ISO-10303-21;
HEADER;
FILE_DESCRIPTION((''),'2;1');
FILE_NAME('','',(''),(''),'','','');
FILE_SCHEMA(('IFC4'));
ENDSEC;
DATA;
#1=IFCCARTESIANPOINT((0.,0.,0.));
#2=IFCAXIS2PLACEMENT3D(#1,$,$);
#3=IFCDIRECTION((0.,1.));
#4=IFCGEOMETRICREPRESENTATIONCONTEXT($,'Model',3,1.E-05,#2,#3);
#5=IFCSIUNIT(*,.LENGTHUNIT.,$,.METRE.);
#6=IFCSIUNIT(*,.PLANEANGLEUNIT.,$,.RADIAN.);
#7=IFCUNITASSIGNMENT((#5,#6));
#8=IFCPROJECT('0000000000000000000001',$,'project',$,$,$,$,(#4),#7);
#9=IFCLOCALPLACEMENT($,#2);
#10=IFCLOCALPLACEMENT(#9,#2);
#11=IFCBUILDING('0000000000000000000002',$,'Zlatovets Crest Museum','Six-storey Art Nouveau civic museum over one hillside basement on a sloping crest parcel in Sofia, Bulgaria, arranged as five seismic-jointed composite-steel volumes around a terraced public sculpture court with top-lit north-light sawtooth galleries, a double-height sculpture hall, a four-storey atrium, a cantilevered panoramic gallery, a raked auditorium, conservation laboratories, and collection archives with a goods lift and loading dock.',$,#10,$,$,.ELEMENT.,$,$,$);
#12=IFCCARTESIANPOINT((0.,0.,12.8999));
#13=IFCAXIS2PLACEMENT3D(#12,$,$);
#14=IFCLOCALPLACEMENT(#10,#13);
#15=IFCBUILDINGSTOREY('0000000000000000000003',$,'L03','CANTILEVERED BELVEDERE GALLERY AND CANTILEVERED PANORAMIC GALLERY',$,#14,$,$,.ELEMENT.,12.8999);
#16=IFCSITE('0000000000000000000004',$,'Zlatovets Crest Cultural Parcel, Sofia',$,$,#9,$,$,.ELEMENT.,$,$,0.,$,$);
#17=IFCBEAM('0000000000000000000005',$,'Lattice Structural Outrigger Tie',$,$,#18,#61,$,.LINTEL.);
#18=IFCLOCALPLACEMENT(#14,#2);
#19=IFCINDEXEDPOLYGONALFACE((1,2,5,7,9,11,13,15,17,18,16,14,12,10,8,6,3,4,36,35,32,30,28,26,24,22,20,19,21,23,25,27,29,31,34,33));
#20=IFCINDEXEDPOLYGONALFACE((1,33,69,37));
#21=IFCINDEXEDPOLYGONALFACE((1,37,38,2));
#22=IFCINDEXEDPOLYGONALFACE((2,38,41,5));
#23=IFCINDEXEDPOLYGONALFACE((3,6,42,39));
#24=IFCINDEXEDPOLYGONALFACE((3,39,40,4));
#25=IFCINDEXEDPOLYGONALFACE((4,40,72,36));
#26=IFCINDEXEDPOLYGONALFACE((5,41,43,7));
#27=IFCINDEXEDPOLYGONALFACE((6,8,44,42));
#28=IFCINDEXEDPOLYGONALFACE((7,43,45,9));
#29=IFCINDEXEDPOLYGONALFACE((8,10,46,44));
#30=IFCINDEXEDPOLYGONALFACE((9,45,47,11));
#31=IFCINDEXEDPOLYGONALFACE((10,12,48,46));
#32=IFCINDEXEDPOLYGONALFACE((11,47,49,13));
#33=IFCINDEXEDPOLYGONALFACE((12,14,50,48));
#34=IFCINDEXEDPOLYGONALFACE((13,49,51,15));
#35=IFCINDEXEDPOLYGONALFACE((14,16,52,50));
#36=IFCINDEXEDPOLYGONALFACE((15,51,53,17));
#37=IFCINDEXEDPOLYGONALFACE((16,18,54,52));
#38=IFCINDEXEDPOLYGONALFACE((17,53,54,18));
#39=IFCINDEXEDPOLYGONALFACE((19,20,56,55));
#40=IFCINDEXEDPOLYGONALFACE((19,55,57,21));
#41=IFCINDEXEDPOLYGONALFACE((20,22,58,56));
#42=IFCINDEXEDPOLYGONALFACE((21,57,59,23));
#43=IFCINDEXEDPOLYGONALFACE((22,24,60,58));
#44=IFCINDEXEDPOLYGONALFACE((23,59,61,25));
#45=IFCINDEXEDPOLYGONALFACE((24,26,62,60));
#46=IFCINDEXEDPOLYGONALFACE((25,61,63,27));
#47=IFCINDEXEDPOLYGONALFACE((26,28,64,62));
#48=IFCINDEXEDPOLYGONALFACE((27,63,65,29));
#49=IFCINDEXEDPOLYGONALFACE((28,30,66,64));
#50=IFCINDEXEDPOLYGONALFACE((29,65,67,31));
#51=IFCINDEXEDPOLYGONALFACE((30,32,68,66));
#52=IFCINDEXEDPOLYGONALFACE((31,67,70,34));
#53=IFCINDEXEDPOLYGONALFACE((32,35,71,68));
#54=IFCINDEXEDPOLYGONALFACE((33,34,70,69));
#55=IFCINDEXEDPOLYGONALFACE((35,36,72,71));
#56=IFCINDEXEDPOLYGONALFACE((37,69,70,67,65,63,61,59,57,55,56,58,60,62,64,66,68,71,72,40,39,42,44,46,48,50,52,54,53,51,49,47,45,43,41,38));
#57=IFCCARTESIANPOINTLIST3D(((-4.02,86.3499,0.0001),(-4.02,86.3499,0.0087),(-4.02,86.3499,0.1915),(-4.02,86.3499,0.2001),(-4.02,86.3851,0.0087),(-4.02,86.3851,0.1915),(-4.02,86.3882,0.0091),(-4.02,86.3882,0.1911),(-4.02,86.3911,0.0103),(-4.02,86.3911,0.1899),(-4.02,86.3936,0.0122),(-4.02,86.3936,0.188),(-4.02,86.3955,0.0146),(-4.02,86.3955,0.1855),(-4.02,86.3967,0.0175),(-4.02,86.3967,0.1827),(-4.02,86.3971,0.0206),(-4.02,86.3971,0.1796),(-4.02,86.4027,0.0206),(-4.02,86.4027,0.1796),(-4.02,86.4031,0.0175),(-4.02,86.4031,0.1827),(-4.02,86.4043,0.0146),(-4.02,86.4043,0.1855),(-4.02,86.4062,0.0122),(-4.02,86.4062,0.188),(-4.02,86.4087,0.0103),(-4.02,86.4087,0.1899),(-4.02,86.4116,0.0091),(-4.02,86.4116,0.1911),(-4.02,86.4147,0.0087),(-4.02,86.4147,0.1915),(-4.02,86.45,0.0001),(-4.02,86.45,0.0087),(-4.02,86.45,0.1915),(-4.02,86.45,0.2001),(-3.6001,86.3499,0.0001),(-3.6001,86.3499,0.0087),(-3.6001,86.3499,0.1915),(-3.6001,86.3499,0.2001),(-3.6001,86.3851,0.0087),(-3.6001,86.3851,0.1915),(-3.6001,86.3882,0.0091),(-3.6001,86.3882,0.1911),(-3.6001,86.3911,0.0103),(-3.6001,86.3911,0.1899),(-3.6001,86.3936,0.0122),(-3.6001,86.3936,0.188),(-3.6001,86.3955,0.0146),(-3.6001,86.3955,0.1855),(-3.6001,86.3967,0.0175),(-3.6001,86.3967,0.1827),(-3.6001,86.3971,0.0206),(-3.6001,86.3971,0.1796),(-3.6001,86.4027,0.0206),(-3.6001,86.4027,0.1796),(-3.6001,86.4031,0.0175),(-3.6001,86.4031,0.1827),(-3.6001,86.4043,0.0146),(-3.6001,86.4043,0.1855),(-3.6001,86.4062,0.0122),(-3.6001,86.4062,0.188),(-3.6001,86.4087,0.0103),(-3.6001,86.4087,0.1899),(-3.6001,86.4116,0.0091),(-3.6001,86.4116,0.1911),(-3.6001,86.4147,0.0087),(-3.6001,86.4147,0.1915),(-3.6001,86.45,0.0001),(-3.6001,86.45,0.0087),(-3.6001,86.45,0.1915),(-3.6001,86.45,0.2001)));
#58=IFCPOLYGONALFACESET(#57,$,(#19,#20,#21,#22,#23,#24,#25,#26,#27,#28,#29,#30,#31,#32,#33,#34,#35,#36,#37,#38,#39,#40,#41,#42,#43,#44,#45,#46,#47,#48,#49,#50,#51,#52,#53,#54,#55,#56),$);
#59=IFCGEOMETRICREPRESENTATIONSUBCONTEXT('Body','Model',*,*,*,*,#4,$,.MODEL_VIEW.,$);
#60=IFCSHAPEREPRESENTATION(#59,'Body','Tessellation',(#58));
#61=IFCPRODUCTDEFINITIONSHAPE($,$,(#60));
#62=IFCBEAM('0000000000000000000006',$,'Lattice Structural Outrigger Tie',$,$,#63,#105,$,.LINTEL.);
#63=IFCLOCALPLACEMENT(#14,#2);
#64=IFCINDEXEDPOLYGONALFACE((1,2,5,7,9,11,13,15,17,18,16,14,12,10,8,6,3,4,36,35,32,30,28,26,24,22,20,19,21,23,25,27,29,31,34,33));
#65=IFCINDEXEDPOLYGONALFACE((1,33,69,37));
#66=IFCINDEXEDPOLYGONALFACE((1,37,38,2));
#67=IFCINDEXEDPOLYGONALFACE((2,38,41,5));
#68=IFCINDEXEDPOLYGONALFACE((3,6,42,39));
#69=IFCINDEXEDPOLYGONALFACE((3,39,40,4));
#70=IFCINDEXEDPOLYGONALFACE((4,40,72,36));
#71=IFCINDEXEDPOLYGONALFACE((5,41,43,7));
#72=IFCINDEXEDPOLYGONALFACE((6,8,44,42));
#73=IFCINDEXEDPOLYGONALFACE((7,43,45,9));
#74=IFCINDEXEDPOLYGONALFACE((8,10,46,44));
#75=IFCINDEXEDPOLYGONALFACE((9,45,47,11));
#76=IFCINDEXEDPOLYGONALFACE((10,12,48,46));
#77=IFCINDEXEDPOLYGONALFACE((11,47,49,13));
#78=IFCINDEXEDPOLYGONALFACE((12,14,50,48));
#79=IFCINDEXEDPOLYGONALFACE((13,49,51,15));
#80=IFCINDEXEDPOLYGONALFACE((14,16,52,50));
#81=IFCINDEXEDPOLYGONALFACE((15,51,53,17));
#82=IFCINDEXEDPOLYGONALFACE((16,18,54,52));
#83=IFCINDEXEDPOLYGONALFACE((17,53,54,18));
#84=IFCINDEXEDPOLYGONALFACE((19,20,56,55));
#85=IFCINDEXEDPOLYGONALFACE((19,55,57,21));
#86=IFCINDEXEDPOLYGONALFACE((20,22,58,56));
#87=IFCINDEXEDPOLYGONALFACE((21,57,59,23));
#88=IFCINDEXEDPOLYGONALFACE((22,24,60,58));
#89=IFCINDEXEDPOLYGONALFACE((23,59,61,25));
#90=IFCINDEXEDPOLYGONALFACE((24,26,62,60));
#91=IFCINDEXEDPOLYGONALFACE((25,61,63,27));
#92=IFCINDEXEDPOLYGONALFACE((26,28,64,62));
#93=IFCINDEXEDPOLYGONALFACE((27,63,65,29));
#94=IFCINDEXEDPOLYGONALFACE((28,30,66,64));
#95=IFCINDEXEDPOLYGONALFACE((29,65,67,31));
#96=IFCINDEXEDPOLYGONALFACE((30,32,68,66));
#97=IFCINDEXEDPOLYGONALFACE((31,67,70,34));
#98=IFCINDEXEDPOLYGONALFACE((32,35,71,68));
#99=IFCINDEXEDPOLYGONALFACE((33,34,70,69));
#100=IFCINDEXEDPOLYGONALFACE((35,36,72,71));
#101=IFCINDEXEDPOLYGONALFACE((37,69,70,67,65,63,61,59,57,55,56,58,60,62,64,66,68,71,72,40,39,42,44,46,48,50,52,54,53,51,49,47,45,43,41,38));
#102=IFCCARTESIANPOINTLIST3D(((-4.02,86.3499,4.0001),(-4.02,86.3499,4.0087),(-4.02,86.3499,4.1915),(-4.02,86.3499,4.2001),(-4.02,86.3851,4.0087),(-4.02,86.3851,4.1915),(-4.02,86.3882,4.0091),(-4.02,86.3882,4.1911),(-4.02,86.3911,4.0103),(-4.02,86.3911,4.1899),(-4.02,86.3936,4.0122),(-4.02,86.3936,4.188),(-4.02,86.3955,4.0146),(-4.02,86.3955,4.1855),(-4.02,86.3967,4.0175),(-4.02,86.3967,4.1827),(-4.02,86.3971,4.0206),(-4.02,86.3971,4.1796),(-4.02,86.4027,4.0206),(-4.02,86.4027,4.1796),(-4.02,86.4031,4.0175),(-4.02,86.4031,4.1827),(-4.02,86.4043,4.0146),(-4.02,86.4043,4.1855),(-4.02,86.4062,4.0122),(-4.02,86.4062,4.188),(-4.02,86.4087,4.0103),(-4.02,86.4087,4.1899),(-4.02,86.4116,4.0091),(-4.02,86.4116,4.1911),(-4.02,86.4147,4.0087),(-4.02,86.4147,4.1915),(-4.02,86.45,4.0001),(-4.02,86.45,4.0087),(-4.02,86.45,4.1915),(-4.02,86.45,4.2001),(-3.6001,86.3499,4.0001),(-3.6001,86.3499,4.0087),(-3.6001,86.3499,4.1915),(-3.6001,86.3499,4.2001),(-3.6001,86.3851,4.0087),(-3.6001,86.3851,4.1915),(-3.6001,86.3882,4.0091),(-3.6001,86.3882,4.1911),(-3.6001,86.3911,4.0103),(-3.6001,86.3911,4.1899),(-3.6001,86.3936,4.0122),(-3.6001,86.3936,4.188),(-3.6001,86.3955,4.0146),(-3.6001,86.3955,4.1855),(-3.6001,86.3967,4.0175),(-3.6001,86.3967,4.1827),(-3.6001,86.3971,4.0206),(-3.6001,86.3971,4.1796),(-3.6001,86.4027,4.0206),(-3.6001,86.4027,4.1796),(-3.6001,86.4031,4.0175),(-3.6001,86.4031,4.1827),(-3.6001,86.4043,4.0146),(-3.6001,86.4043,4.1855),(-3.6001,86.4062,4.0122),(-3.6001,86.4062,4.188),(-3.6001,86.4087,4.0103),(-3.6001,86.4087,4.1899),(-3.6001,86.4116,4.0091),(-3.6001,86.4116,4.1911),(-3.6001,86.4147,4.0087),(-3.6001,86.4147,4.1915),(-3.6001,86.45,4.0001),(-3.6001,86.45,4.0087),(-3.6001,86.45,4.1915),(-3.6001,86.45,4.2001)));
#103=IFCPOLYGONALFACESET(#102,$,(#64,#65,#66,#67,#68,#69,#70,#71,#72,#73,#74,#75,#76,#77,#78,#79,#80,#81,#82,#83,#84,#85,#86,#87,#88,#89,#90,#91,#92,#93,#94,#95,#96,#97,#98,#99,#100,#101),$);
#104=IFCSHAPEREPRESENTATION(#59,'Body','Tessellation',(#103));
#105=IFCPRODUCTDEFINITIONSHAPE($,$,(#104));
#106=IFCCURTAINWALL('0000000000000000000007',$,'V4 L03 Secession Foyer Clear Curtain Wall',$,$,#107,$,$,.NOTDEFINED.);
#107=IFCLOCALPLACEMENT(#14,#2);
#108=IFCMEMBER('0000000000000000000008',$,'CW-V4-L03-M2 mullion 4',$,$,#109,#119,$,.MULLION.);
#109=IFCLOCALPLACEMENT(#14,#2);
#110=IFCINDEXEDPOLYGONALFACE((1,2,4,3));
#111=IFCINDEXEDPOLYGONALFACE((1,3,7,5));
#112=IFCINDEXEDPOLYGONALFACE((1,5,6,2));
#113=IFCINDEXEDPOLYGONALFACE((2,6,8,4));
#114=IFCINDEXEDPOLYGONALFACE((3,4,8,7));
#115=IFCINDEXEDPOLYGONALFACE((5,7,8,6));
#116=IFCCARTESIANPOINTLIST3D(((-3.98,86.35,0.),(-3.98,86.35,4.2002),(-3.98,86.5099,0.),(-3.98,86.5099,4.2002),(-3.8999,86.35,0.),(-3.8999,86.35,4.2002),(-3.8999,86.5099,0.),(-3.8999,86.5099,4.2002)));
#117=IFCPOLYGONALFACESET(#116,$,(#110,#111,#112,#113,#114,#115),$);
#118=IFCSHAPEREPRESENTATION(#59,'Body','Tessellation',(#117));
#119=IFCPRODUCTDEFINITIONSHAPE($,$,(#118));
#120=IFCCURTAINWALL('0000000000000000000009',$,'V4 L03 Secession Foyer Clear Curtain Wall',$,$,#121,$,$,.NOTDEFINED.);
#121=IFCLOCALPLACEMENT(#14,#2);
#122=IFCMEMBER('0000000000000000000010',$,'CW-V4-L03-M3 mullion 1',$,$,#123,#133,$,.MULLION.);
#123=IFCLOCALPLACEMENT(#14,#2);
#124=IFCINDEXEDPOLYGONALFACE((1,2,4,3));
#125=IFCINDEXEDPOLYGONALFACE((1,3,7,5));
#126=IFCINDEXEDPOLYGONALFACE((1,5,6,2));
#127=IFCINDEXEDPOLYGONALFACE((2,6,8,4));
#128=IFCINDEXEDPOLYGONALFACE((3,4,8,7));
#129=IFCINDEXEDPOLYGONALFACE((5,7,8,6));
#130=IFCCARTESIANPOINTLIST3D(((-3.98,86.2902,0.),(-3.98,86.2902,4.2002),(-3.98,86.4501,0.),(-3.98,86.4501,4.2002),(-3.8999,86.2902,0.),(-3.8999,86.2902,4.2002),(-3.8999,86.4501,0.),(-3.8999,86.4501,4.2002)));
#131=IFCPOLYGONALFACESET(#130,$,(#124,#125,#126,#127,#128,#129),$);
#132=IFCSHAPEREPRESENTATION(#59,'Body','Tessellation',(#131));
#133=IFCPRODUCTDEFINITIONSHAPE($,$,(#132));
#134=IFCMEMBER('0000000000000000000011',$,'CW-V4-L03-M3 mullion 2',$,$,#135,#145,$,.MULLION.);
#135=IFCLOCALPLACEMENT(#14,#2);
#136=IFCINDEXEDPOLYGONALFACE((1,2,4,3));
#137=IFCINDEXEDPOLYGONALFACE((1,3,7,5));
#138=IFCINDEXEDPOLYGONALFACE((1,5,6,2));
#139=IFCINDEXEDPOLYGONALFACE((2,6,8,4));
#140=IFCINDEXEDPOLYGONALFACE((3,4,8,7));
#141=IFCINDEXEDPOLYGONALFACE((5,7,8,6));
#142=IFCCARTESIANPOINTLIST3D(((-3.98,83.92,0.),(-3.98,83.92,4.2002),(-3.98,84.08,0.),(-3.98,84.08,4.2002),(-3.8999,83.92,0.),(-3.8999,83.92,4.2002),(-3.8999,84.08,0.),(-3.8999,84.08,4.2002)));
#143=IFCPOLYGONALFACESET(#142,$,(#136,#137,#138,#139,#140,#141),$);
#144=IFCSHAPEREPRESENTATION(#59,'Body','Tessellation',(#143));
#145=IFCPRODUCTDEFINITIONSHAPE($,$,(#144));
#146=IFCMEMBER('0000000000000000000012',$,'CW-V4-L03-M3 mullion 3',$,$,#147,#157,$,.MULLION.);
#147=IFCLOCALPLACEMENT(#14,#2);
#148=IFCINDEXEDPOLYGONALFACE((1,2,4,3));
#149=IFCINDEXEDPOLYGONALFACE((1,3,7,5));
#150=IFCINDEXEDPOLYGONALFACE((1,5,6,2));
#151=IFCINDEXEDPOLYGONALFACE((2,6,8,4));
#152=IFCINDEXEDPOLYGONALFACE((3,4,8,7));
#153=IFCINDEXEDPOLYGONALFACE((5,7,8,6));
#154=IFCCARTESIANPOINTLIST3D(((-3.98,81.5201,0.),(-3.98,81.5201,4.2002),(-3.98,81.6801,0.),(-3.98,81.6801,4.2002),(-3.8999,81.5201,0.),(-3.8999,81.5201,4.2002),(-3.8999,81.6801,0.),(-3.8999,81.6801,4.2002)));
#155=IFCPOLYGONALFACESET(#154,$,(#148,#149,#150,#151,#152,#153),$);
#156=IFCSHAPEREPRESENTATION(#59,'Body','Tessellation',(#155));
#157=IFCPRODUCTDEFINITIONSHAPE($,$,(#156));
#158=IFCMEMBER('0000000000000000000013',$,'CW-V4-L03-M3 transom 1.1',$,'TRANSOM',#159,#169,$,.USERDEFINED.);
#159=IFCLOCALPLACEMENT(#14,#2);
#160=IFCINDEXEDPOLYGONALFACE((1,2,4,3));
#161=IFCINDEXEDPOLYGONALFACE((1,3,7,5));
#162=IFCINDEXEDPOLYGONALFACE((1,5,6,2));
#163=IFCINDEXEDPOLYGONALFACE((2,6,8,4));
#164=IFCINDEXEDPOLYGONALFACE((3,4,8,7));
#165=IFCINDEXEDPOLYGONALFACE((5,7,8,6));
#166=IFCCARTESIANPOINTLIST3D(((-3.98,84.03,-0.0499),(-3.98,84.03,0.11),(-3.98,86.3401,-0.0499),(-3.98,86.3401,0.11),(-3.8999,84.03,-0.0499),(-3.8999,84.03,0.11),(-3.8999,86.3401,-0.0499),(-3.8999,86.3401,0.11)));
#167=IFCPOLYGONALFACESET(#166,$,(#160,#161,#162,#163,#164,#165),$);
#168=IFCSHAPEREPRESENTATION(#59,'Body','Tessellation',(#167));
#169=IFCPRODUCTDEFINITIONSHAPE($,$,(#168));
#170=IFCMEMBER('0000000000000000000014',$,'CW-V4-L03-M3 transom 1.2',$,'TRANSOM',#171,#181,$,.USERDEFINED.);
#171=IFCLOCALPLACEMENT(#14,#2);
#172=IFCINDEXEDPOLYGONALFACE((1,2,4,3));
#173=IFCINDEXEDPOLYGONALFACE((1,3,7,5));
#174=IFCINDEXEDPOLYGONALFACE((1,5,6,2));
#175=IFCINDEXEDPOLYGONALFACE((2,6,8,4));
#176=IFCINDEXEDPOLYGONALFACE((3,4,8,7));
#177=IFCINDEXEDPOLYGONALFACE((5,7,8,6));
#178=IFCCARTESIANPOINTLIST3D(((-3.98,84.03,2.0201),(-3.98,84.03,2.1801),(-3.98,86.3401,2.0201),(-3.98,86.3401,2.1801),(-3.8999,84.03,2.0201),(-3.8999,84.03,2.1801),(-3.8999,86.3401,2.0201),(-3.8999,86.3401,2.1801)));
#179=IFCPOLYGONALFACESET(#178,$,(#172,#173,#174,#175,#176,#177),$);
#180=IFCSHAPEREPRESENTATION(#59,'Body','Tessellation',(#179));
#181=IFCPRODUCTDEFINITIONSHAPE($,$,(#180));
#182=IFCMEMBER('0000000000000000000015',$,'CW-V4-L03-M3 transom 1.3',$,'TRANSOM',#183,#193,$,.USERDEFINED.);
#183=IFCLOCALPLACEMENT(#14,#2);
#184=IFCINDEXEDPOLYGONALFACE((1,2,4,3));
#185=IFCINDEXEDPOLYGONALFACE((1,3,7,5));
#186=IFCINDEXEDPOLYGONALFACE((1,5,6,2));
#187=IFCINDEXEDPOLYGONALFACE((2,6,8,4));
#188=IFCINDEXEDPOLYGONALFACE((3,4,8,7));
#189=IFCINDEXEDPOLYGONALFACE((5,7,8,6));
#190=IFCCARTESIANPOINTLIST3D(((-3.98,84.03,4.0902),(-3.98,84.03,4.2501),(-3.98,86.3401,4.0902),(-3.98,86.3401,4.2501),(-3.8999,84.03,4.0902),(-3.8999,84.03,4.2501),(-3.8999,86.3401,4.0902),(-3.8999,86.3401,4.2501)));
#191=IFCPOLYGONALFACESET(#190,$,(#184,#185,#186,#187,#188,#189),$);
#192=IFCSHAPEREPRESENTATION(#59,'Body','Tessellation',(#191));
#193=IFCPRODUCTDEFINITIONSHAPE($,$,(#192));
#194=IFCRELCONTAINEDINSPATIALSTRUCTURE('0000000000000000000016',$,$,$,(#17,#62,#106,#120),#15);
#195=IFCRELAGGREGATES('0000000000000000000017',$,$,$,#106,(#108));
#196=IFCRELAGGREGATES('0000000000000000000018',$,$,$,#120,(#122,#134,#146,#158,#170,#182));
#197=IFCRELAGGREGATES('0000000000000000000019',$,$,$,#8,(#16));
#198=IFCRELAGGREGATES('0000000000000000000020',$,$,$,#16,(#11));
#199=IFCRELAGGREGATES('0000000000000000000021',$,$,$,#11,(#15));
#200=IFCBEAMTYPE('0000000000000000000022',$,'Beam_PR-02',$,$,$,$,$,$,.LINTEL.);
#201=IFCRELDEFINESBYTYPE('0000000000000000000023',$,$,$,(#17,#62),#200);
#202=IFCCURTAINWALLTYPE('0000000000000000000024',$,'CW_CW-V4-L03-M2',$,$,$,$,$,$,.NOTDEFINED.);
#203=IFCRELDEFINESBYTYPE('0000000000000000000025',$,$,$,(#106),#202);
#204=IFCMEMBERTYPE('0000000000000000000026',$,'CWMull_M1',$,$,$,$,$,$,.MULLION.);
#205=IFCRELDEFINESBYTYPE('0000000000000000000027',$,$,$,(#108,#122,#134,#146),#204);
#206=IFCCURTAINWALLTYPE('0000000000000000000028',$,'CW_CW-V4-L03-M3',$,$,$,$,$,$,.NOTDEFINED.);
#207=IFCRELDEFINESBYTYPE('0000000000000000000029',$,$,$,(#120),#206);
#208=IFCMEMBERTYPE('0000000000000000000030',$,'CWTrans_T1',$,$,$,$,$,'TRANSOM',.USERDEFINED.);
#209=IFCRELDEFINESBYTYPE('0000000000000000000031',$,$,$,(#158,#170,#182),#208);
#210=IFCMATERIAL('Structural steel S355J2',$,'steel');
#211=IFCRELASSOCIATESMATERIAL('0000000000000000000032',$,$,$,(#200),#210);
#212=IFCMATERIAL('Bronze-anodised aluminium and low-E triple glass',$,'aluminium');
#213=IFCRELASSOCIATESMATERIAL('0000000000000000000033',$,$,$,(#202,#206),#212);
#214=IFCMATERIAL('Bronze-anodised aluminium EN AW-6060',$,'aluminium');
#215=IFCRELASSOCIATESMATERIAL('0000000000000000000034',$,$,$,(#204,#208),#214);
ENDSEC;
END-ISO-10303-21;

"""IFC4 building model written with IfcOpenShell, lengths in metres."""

from ifc_helpers import new_model, si_unit, direction, frame, origin, origin_2d, place, context, subcontext, project, spatial, rectangle, i_section, extrude, material, material_profile, profile_set, type_object, element, aggregate, save


model = new_model("IFC4")

# Units and contexts
model_context = context("Model", 3, precision=1e-05, world=origin(), true_north=direction((0.0, 1.0)))
body_context = subcontext(model_context, "Body", "Model", "MODEL_VIEW")
ifc_project = project(units=[si_unit("LENGTHUNIT", "METRE"), si_unit("PLANEANGLEUNIT", "RADIAN")], contexts=[model_context])

# Site, building, storey
site_placement = place(None, origin())
site = spatial("IfcSite", under=ifc_project, at=site_placement, Name="Zlatovets Crest Cultural Parcel, Sofia", CompositionType="ELEMENT", RefElevation=0.0)
building_placement = place(site_placement, origin())
building = spatial("IfcBuilding", under=site, at=building_placement, Name="Zlatovets Crest Museum", Description="Six-storey Art Nouveau civic museum over one hillside basement on a sloping crest parcel in Sofia, Bulgaria, arranged as five seismic-jointed composite-steel volumes around a terraced public sculpture court with top-lit north-light sawtooth galleries, a double-height sculpture hall, a four-storey atrium, a cantilevered panoramic gallery, a raked auditorium, conservation laboratories, and collection archives with a goods lift and loading dock.", CompositionType="ELEMENT")
storey_placement = place(building_placement, frame((0.0, 0.0, 12.8999)))
storey = spatial("IfcBuildingStorey", under=building, at=storey_placement, Name="L03", Description="CANTILEVERED BELVEDERE GALLERY AND CANTILEVERED PANORAMIC GALLERY", CompositionType="ELEMENT", Elevation=12.8999)

# Beams
ifc_material_1 = material(Name="Structural steel S355J2", Category="steel")
ifc_material_profile_1 = material_profile(ifc_material_1, i_section(OverallWidth=0.1001, OverallDepth=0.2, WebThickness=0.0056, FlangeThickness=0.0085, FilletRadius=0.012, at=origin_2d()), Name="IPE 200")
ifc_profile_set_1 = profile_set([ifc_material_profile_1], Name="Structural steel S355J2")
beam_type = type_object("IfcBeamType", Name="Beam_PR-02", PredefinedType="LINTEL", material=ifc_profile_set_1)
for number, where, z_axis, x_axis, name in (
    (1, (-3.6001, 86.3999, 0.1001), (-1.0, 0.0, 0.0), (0.0, -1.0, 0.0), "Lattice Structural Outrigger Tie"),
    (2, (-3.6001, 86.3999, 4.1001), (-1.0, 0.0, 0.0), (0.0, -1.0, 0.0), "Lattice Structural Outrigger Tie"),
):
    element("IfcBeam", number, at=place(storey_placement, frame(where, z_axis=z_axis, x_axis=x_axis)), inside=storey, type_object=beam_type, Name=name, PredefinedType="LINTEL", context=body_context, shape_type="SweptSolid", body=[
        extrude(i_section(OverallWidth=0.1001, OverallDepth=0.2, WebThickness=0.0056, FlangeThickness=0.0085, FilletRadius=0.012, at=origin_2d()), origin(), (0.0, 0.0, 1.0), 0.4199),
    ])

# Curtain wall, member
ifc_material_2 = material(Name="Bronze-anodised aluminium and low-E triple glass", Category="aluminium")
curtain_wall_type_1 = type_object("IfcCurtainWallType", Name="CW_CW-V4-L03-M2", PredefinedType="NOTDEFINED", material=ifc_material_2)
curtain_wall_1_placement = place(storey_placement, origin())
curtain_wall_1 = element("IfcCurtainWall", 3, at=curtain_wall_1_placement, inside=storey, type_object=curtain_wall_type_1, Name="V4 L03 Secession Foyer Clear Curtain Wall", PredefinedType="NOTDEFINED")
ifc_material_3 = material(Name="Bronze-anodised aluminium EN AW-6060", Category="aluminium")
ifc_material_profile_2 = material_profile(ifc_material_3, rectangle(XDim=0.0801, YDim=0.1599, at=origin_2d()), Name="ALU 80x160")
ifc_profile_set_2 = profile_set([ifc_material_profile_2], Name="Bronze-anodised aluminium EN AW-6060")
member_type_1 = type_object("IfcMemberType", Name="CWMull_M1", PredefinedType="MULLION", material=ifc_profile_set_2)
member_1_placement = place(storey_placement, frame((-3.9399, 86.4299, 0.0), z_axis=(0.0, 0.0, 1.0), x_axis=(1.0, 0.0, 0.0)))
member_1 = element("IfcMember", 4, at=member_1_placement, type_object=member_type_1, Name="CW-V4-L03-M2 mullion 4", PredefinedType="MULLION", context=body_context, shape_type="SweptSolid", body=[
    extrude(rectangle(XDim=0.0801, YDim=0.1599, at=origin_2d()), origin(), (0.0, 0.0, 1.0), 4.2002),
])
aggregate(curtain_wall_1, [member_1])

# Curtain wall, members
curtain_wall_type_2 = type_object("IfcCurtainWallType", Name="CW_CW-V4-L03-M3", PredefinedType="NOTDEFINED", material=ifc_material_2)
curtain_wall_2_placement = place(storey_placement, origin())
curtain_wall_2 = element("IfcCurtainWall", 5, at=curtain_wall_2_placement, inside=storey, type_object=curtain_wall_type_2, Name="V4 L03 Secession Foyer Clear Curtain Wall", PredefinedType="NOTDEFINED")
member_2_placement = place(storey_placement, frame((-3.9399, 86.3701, 0.0), z_axis=(0.0, 0.0, 1.0), x_axis=(1.0, 0.0, 0.0)))
member_2 = element("IfcMember", 6, at=member_2_placement, type_object=member_type_1, Name="CW-V4-L03-M3 mullion 1", PredefinedType="MULLION", context=body_context, shape_type="SweptSolid", body=[
    extrude(rectangle(XDim=0.0801, YDim=0.1599, at=origin_2d()), origin(), (0.0, 0.0, 1.0), 4.2002),
])
member_3_placement = place(storey_placement, frame((-3.9399, 84.0, 0.0), z_axis=(0.0, 0.0, 1.0), x_axis=(1.0, 0.0, 0.0)))
member_3 = element("IfcMember", 7, at=member_3_placement, type_object=member_type_1, Name="CW-V4-L03-M3 mullion 2", PredefinedType="MULLION", context=body_context, shape_type="SweptSolid", body=[
    extrude(rectangle(XDim=0.0801, YDim=0.1599, at=origin_2d()), origin(), (0.0, 0.0, 1.0), 4.2002),
])
member_4_placement = place(storey_placement, frame((-3.9399, 81.6001, 0.0), z_axis=(0.0, 0.0, 1.0), x_axis=(1.0, 0.0, 0.0)))
member_4 = element("IfcMember", 8, at=member_4_placement, type_object=member_type_1, Name="CW-V4-L03-M3 mullion 3", PredefinedType="MULLION", context=body_context, shape_type="SweptSolid", body=[
    extrude(rectangle(XDim=0.0801, YDim=0.1599, at=origin_2d()), origin(), (0.0, 0.0, 1.0), 4.2002),
])
ifc_material_profile_3 = material_profile(ifc_material_3, rectangle(XDim=0.0801, YDim=0.1599, at=origin_2d()), Name="ALU 80x160")
ifc_profile_set_3 = profile_set([ifc_material_profile_3], Name="Bronze-anodised aluminium EN AW-6060")
member_type_2 = type_object("IfcMemberType", Name="CWTrans_T1", ElementType="TRANSOM", PredefinedType="USERDEFINED", material=ifc_profile_set_3)
member_5_placement = place(storey_placement, frame((-3.9399, 86.3401, 0.03), z_axis=(0.0, -1.0, 0.0), x_axis=(1.0, 0.0, 0.0)))
member_5 = element("IfcMember", 9, at=member_5_placement, type_object=member_type_2, Name="CW-V4-L03-M3 transom 1.1", ObjectType="TRANSOM", PredefinedType="USERDEFINED", context=body_context, shape_type="SweptSolid", body=[
    extrude(rectangle(XDim=0.0801, YDim=0.1599, at=origin_2d()), origin(), (0.0, 0.0, 1.0), 2.3101),
])
member_6_placement = place(storey_placement, frame((-3.9399, 86.3401, 2.1001), z_axis=(0.0, -1.0, 0.0), x_axis=(1.0, 0.0, 0.0)))
member_6 = element("IfcMember", 10, at=member_6_placement, type_object=member_type_2, Name="CW-V4-L03-M3 transom 1.2", ObjectType="TRANSOM", PredefinedType="USERDEFINED", context=body_context, shape_type="SweptSolid", body=[
    extrude(rectangle(XDim=0.0801, YDim=0.1599, at=origin_2d()), origin(), (0.0, 0.0, 1.0), 2.3101),
])
member_7_placement = place(storey_placement, frame((-3.9399, 86.3401, 4.1702), z_axis=(0.0, -1.0, 0.0), x_axis=(1.0, 0.0, 0.0)))
member_7 = element("IfcMember", 11, at=member_7_placement, type_object=member_type_2, Name="CW-V4-L03-M3 transom 1.3", ObjectType="TRANSOM", PredefinedType="USERDEFINED", context=body_context, shape_type="SweptSolid", body=[
    extrude(rectangle(XDim=0.0801, YDim=0.1599, at=origin_2d()), origin(), (0.0, 0.0, 1.0), 2.3101),
])

aggregate(curtain_wall_2, [member_2, member_3, member_4, member_5, member_6, member_7])

save(model, "model.ifc")
